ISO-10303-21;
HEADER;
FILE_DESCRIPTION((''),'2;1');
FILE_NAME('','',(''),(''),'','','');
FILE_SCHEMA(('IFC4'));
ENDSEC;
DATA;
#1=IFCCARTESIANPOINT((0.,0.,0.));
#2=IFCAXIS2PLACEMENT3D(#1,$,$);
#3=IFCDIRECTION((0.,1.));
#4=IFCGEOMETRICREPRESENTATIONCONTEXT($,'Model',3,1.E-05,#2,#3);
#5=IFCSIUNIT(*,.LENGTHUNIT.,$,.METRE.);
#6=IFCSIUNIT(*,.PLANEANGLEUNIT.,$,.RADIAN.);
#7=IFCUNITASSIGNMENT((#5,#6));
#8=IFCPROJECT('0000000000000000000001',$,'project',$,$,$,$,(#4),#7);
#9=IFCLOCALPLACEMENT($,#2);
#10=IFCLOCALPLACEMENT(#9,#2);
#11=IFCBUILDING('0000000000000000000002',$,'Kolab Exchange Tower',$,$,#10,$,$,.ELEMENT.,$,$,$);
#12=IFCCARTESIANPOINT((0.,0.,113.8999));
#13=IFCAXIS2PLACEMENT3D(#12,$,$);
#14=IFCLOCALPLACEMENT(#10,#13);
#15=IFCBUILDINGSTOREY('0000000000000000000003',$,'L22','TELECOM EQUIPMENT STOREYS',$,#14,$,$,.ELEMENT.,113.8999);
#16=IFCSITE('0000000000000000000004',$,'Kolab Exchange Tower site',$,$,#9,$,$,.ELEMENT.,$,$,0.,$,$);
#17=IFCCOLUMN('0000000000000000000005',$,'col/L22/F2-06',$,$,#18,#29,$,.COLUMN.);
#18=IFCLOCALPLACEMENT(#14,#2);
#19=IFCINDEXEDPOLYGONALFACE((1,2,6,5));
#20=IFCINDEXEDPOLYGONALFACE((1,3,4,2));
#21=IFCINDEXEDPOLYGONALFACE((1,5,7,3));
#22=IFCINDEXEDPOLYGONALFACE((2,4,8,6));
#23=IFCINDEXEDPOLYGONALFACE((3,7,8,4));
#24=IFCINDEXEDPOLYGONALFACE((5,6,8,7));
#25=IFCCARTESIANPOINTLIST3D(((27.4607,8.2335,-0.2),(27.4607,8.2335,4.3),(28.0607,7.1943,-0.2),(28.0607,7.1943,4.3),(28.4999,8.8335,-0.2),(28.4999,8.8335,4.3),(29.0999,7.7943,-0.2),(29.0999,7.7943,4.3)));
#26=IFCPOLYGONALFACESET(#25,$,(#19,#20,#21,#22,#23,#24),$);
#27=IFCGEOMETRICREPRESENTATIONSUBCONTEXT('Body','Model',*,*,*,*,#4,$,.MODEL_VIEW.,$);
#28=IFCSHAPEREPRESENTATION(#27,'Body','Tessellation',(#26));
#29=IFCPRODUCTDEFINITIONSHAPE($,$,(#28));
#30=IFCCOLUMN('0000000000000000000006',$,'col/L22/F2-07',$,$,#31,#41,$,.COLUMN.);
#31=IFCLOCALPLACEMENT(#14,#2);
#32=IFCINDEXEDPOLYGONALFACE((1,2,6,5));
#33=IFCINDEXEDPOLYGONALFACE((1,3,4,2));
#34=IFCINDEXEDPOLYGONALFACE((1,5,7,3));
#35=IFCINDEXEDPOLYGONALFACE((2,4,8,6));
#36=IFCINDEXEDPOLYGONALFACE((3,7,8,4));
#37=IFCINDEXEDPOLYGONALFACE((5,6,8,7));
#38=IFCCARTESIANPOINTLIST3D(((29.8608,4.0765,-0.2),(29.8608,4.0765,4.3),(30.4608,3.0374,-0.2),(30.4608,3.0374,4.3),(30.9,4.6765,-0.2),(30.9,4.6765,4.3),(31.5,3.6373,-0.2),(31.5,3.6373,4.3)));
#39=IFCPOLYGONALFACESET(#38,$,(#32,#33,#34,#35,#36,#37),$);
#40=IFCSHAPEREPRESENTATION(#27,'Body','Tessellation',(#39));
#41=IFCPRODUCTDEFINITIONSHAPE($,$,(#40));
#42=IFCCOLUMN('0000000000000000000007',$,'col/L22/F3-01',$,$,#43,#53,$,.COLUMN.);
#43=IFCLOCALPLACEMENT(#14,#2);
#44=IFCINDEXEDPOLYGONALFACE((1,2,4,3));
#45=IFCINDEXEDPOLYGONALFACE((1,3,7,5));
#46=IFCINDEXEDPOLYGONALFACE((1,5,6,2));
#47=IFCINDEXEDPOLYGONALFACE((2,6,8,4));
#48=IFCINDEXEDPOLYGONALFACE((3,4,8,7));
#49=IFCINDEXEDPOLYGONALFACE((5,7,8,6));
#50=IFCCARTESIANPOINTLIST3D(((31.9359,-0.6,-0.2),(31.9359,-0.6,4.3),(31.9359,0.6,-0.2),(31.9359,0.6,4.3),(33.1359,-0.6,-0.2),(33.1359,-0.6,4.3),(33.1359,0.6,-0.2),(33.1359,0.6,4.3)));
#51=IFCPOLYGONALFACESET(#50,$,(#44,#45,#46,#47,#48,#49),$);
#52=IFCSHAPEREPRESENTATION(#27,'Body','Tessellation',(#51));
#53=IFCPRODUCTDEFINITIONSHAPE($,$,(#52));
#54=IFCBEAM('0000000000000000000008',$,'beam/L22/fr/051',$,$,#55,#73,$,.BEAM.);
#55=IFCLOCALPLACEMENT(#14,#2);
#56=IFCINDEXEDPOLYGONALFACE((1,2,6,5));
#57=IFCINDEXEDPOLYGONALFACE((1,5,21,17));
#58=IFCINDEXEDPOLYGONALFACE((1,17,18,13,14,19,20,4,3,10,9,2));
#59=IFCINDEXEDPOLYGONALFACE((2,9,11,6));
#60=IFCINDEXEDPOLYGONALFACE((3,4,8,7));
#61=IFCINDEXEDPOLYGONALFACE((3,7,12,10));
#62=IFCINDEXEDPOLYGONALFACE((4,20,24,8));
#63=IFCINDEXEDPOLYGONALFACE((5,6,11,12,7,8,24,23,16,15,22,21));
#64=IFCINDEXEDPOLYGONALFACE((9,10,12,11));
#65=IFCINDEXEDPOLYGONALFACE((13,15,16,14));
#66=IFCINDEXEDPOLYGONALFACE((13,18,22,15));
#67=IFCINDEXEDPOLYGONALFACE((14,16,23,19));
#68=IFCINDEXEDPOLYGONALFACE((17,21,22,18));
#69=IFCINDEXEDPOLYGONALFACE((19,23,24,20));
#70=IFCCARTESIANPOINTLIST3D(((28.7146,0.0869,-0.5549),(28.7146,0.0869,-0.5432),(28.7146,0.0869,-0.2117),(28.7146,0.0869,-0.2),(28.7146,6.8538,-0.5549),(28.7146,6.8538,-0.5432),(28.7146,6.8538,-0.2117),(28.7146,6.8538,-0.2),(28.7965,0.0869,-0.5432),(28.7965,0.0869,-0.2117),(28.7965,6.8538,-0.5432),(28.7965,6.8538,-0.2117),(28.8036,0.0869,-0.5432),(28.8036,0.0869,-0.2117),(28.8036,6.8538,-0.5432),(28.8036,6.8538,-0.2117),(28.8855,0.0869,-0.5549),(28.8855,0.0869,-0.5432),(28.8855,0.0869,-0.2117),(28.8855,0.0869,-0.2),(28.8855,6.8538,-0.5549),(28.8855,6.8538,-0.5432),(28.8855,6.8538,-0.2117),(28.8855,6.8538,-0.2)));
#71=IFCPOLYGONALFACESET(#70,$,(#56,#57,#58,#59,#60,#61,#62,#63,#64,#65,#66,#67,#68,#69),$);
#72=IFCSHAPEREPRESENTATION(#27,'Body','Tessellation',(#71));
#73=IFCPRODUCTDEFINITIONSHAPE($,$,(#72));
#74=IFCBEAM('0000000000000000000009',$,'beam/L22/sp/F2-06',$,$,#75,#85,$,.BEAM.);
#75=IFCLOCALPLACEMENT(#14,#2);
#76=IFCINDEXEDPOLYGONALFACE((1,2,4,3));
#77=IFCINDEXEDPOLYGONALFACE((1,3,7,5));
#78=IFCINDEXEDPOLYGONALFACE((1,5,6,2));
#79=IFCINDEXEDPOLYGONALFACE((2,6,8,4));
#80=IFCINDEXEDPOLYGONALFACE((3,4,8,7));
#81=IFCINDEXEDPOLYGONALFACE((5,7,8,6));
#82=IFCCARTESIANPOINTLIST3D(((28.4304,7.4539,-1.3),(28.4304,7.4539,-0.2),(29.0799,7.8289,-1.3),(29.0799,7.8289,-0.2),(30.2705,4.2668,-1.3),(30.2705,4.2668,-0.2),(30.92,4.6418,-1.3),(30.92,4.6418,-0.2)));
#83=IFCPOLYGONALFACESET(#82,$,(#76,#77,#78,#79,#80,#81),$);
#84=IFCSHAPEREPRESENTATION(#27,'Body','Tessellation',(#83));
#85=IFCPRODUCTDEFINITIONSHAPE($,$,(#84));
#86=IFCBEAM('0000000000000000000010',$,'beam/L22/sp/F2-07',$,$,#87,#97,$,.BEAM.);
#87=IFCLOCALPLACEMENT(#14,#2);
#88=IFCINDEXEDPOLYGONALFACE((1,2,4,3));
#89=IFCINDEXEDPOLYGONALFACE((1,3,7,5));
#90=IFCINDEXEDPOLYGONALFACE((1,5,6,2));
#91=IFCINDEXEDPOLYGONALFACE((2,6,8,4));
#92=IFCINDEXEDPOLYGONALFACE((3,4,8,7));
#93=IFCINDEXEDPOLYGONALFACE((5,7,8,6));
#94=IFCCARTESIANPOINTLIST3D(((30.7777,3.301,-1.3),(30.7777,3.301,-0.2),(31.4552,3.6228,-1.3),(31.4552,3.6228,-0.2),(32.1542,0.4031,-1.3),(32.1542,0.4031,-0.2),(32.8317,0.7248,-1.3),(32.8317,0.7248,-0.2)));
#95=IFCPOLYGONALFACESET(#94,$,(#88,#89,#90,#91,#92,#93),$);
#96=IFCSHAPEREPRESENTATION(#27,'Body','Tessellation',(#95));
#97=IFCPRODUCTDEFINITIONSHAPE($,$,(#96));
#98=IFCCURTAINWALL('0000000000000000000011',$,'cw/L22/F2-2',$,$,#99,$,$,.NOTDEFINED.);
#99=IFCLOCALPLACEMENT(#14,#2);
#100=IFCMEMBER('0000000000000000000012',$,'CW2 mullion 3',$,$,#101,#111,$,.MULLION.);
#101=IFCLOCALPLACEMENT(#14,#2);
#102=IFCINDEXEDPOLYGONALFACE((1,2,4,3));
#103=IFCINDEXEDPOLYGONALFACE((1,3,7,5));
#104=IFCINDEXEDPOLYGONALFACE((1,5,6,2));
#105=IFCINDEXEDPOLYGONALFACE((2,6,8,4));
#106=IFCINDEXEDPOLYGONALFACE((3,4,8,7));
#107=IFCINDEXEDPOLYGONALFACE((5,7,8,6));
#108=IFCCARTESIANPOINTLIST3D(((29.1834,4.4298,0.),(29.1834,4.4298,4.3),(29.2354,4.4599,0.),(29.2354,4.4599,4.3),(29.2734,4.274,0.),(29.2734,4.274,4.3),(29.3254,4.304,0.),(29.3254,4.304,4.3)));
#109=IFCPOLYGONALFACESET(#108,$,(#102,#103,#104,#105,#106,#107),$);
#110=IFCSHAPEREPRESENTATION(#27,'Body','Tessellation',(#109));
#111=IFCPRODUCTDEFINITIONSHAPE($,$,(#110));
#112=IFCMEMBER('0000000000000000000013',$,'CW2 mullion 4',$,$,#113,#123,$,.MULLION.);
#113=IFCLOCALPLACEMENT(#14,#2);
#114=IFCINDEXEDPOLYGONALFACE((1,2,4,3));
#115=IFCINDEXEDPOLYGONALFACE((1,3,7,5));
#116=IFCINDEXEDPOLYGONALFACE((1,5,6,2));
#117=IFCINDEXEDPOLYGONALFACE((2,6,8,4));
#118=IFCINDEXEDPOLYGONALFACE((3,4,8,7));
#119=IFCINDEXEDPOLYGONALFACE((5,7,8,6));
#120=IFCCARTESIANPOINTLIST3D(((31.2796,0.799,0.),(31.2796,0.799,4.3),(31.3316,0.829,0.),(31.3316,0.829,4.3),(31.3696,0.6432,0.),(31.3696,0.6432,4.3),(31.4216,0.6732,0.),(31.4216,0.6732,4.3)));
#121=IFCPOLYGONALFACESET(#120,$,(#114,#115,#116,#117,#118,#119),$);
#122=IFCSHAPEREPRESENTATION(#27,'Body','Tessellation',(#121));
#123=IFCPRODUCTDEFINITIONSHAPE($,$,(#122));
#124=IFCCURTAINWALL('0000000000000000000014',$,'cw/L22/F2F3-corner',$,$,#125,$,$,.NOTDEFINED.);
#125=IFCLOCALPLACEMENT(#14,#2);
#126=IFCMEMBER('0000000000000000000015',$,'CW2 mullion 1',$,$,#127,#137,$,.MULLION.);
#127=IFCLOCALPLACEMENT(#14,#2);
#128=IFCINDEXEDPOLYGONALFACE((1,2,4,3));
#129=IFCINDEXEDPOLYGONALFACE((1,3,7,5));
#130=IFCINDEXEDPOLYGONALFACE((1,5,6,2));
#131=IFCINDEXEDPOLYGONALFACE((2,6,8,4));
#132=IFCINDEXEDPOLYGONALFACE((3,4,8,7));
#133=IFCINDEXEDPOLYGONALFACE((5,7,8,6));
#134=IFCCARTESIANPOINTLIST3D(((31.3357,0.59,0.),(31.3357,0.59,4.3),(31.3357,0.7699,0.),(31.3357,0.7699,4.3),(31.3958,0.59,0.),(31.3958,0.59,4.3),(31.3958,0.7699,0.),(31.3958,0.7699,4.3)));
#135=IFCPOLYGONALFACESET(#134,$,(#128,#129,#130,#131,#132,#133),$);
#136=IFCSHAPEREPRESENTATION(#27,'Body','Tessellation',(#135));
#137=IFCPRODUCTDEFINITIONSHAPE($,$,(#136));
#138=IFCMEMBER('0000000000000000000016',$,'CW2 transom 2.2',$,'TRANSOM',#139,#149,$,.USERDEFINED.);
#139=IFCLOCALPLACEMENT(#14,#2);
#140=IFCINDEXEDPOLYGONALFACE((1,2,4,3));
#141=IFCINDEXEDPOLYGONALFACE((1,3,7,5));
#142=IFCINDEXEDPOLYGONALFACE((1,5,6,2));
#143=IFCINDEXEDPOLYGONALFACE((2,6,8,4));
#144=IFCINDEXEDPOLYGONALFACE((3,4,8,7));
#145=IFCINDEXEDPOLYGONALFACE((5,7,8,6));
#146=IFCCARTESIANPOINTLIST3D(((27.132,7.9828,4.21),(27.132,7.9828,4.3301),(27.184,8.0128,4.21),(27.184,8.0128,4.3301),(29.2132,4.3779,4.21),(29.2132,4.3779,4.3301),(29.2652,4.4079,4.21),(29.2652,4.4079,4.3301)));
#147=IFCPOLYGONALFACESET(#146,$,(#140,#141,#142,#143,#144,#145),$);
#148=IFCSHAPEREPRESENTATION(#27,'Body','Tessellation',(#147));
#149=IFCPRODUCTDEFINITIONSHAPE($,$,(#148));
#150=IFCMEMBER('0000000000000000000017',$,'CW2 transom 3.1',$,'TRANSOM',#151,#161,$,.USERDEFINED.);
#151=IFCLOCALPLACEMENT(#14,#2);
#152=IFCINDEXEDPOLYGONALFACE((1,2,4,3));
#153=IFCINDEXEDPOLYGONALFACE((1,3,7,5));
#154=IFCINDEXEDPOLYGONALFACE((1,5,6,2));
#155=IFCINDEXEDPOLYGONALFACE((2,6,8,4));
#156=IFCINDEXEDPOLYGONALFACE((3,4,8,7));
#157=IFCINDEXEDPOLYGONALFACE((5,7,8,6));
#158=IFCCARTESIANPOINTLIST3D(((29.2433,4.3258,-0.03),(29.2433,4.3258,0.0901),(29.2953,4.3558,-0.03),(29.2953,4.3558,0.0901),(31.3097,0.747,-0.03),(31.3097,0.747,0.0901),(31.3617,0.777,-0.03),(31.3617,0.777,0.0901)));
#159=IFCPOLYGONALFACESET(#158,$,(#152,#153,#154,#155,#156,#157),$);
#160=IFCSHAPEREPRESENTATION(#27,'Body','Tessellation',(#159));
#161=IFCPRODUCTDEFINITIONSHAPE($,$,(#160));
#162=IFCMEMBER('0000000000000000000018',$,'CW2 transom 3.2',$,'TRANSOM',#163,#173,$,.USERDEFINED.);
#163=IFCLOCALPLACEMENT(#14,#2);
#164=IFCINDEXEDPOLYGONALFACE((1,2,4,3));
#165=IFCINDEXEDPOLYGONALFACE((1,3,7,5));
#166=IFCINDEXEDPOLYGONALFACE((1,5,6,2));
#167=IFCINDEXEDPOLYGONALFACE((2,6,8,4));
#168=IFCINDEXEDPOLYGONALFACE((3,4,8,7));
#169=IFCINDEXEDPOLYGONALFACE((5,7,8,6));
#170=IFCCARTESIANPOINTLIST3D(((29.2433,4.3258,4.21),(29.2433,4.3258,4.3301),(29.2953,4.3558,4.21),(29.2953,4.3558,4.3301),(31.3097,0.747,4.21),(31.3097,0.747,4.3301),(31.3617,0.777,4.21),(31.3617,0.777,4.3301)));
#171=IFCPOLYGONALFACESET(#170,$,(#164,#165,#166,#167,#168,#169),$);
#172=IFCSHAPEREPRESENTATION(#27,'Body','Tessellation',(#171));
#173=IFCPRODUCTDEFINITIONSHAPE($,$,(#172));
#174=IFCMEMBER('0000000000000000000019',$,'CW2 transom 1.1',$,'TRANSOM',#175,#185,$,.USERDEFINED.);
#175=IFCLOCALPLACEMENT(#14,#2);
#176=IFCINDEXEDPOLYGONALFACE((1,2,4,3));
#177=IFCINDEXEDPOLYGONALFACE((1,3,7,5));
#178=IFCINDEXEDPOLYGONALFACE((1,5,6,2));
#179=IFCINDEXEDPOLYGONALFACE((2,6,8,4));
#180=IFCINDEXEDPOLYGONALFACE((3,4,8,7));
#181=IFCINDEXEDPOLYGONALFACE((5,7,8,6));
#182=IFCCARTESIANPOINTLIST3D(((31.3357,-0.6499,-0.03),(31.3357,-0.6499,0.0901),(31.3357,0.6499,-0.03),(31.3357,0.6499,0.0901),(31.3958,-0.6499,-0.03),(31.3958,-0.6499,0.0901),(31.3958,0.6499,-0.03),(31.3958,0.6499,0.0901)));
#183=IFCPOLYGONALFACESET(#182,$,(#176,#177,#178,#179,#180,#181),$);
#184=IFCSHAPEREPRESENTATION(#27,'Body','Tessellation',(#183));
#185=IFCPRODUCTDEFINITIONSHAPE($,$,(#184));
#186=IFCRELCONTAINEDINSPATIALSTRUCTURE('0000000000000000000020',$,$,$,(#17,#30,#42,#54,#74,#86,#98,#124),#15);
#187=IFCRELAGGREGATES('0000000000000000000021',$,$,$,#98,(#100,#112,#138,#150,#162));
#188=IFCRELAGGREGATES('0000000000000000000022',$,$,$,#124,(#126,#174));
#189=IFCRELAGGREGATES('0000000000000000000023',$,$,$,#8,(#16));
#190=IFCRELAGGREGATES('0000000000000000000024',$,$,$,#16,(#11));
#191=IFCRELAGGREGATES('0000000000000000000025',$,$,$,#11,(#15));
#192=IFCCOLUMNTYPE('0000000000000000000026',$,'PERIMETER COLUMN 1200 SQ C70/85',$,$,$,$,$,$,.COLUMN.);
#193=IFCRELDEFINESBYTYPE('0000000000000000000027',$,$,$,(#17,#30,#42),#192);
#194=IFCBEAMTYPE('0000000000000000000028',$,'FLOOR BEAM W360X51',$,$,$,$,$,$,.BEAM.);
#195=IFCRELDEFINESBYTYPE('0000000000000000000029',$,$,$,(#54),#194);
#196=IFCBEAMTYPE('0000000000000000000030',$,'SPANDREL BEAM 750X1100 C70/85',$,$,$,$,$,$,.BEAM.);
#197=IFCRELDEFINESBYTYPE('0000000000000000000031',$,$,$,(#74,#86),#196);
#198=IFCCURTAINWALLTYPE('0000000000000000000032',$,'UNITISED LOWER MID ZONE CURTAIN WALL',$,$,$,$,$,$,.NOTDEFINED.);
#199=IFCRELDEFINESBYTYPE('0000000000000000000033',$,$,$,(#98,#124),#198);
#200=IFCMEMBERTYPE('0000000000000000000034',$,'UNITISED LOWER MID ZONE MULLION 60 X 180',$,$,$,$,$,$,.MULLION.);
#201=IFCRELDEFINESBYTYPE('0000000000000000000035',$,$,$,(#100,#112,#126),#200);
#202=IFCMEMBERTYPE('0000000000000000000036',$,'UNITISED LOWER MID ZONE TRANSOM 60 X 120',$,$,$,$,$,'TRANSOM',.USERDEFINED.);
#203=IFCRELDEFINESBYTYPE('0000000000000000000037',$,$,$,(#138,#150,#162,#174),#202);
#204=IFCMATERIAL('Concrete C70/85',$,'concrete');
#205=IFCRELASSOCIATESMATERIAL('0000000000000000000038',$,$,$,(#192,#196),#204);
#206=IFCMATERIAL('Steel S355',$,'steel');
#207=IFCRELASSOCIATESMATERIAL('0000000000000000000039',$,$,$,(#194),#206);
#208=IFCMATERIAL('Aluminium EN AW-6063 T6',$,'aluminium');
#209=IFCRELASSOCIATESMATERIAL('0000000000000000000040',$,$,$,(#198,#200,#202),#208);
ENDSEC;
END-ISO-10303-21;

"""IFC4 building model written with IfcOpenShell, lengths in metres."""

from ifc_helpers import new_model, si_unit, direction, frame, origin, origin_2d, place, context, subcontext, project, spatial, rectangle, i_section, extrude, material, material_profile, profile_set, type_object, element, aggregate, save


model = new_model("IFC4")

# Units and contexts
model_context = context("Model", 3, precision=1e-05, world=origin(), true_north=direction((0.0, 1.0)))
body_context = subcontext(model_context, "Body", "Model", "MODEL_VIEW")
ifc_project = project(units=[si_unit("LENGTHUNIT", "METRE"), si_unit("PLANEANGLEUNIT", "RADIAN")], contexts=[model_context])

# Site, building, storey
site_placement = place(None, origin())
site = spatial("IfcSite", under=ifc_project, at=site_placement, Name="Kolab Exchange Tower site", CompositionType="ELEMENT", RefElevation=0.0)
building_placement = place(site_placement, origin())
building = spatial("IfcBuilding", under=site, at=building_placement, Name="Kolab Exchange Tower", CompositionType="ELEMENT")
storey_placement = place(building_placement, frame((0.0, 0.0, 113.8999)))
storey = spatial("IfcBuildingStorey", under=building, at=storey_placement, Name="L22", Description="TELECOM EQUIPMENT STOREYS", CompositionType="ELEMENT", Elevation=113.8999)

# Columns
ifc_material_1 = material(Name="Concrete C70/85", Category="concrete")
ifc_material_profile_1 = material_profile(ifc_material_1, rectangle(XDim=1.2, YDim=1.2, at=origin_2d()), Name="RC1200")
ifc_profile_set_1 = profile_set([ifc_material_profile_1], Name="Concrete C70/85")
column_type = type_object("IfcColumnType", Name="PERIMETER COLUMN 1200 SQ C70/85", PredefinedType="COLUMN", material=ifc_profile_set_1)
for number, where, z_axis, x_axis, name in (
    (1, (28.2803, 8.0139, -0.2), (0.0, 0.0, 1.0), (0.866025, 0.5, 0.0), "col/L22/F2-06"),
    (2, (30.6804, 3.8569, -0.2), (0.0, 0.0, 1.0), (0.866025, 0.5, 0.0), "col/L22/F2-07"),
    (3, (32.5359, 0.0, -0.2), (0.0, 0.0, 1.0), (1.0, 0.0, 0.0), "col/L22/F3-01"),
):
    element("IfcColumn", number, at=place(storey_placement, frame(where, z_axis=z_axis, x_axis=x_axis)), inside=storey, type_object=column_type, Name=name, PredefinedType="COLUMN", context=body_context, shape_type="SweptSolid", body=[
        extrude(rectangle(XDim=1.2, YDim=1.2, at=origin_2d()), origin(), (0.0, 0.0, 1.0), 4.5),
    ])

# Beams
ifc_material_2 = material(Name="Steel S355", Category="steel")
ifc_material_profile_2 = material_profile(ifc_material_2, i_section(OverallWidth=0.1709, OverallDepth=0.355, WebThickness=0.0071, FlangeThickness=0.0117, at=origin_2d()), Name="W360X51")
ifc_profile_set_2 = profile_set([ifc_material_profile_2], Name="Steel S355")
beam_type_1 = type_object("IfcBeamType", Name="FLOOR BEAM W360X51", PredefinedType="BEAM", material=ifc_profile_set_2)
beam_1_placement = place(storey_placement, frame((28.8, 0.0869, -0.3774), z_axis=(0.0, 1.0, 0.0), x_axis=(-1.0, 0.0, 0.0)))
element("IfcBeam", 4, at=beam_1_placement, inside=storey, type_object=beam_type_1, Name="beam/L22/fr/051", PredefinedType="BEAM", context=body_context, shape_type="SweptSolid", body=[
    extrude(i_section(OverallWidth=0.1709, OverallDepth=0.355, WebThickness=0.0071, FlangeThickness=0.0117, at=origin_2d()), origin(), (0.0, 0.0, 1.0), 6.7668),
])
ifc_material_profile_3 = material_profile(ifc_material_1, rectangle(XDim=0.75, YDim=1.1001, at=origin_2d()), Name="RC750X1100")
ifc_profile_set_3 = profile_set([ifc_material_profile_3], Name="Concrete C70/85")
beam_type_2 = type_object("IfcBeamType", Name="SPANDREL BEAM 750X1100 C70/85", PredefinedType="BEAM", material=ifc_profile_set_3)
beam_2_placement = place(storey_placement, frame((28.7551, 7.6414, -0.75), z_axis=(0.500013, -0.866018, 0.0), x_axis=(0.866018, 0.500013, 0.0)))
element("IfcBeam", 5, at=beam_2_placement, inside=storey, type_object=beam_type_2, Name="beam/L22/sp/F2-06", PredefinedType="BEAM", context=body_context, shape_type="SweptSolid", body=[
    extrude(rectangle(XDim=0.75, YDim=1.1001, at=origin_2d()), origin(), (0.0, 0.0, 1.0), 3.6802),
])
beam_3_placement = place(storey_placement, frame((31.1165, 3.4619, -0.75), z_axis=(0.429041, -0.903285, 0.0), x_axis=(0.903285, 0.429041, 0.0)))
element("IfcBeam", 6, at=beam_3_placement, inside=storey, type_object=beam_type_2, Name="beam/L22/sp/F2-07", PredefinedType="BEAM", context=body_context, shape_type="SweptSolid", body=[
    extrude(rectangle(XDim=0.75, YDim=1.1001, at=origin_2d()), origin(), (0.0, 0.0, 1.0), 3.2083),
])

# Curtain wall, members
ifc_material_3 = material(Name="Aluminium EN AW-6063 T6", Category="aluminium")
curtain_wall_type = type_object("IfcCurtainWallType", Name="UNITISED LOWER MID ZONE CURTAIN WALL", PredefinedType="NOTDEFINED", material=ifc_material_3)
curtain_wall_1_placement = place(storey_placement, origin())
curtain_wall_1 = element("IfcCurtainWall", 7, at=curtain_wall_1_placement, inside=storey, type_object=curtain_wall_type, Name="cw/L22/F2-2", PredefinedType="NOTDEFINED")
ifc_material_profile_4 = material_profile(ifc_material_3, rectangle(XDim=0.0601, YDim=0.1799, at=origin_2d()), Name="RECT 60X180")
ifc_profile_set_4 = profile_set([ifc_material_profile_4], Name="Aluminium EN AW-6063 T6")
member_type_1 = type_object("IfcMemberType", Name="UNITISED LOWER MID ZONE MULLION 60 X 180", PredefinedType="MULLION", material=ifc_profile_set_4)
member_1_placement = place(storey_placement, frame((29.2544, 4.3669, 0.0), z_axis=(0.0, 0.0, 1.0), x_axis=(0.866025, 0.5, 0.0)))
member_1 = element("IfcMember", 8, at=member_1_placement, type_object=member_type_1, Name="CW2 mullion 3", PredefinedType="MULLION", context=body_context, shape_type="SweptSolid", body=[
    extrude(rectangle(XDim=0.0601, YDim=0.1799, at=origin_2d()), origin(), (0.0, 0.0, 1.0), 4.3),
])
member_2_placement = place(storey_placement, frame((31.3506, 0.7361, 0.0), z_axis=(0.0, 0.0, 1.0), x_axis=(0.866025, 0.5, 0.0)))
member_2 = element("IfcMember", 9, at=member_2_placement, type_object=member_type_1, Name="CW2 mullion 4", PredefinedType="MULLION", context=body_context, shape_type="SweptSolid", body=[
    extrude(rectangle(XDim=0.0601, YDim=0.1799, at=origin_2d()), origin(), (0.0, 0.0, 1.0), 4.3),
])

# Curtain wall, member
curtain_wall_2_placement = place(storey_placement, origin())
curtain_wall_2 = element("IfcCurtainWall", 10, at=curtain_wall_2_placement, inside=storey, type_object=curtain_wall_type, Name="cw/L22/F2F3-corner", PredefinedType="NOTDEFINED")
member_3_placement = place(storey_placement, frame((31.3657, 0.6799, 0.0), z_axis=(0.0, 0.0, 1.0), x_axis=(1.0, 0.0, 0.0)))
member_3 = element("IfcMember", 11, at=member_3_placement, type_object=member_type_1, Name="CW2 mullion 1", PredefinedType="MULLION", context=body_context, shape_type="SweptSolid", body=[
    extrude(rectangle(XDim=0.0601, YDim=0.1799, at=origin_2d()), origin(), (0.0, 0.0, 1.0), 4.3),
])

# Members
ifc_material_profile_5 = material_profile(ifc_material_3, rectangle(XDim=0.0601, YDim=0.1201, at=origin_2d()), Name="RECT 60X120")
ifc_profile_set_5 = profile_set([ifc_material_profile_5], Name="Aluminium EN AW-6063 T6")
member_type_2 = type_object("IfcMemberType", Name="UNITISED LOWER MID ZONE TRANSOM 60 X 120", ElementType="TRANSOM", PredefinedType="USERDEFINED", material=ifc_profile_set_5)
member_4_placement = place(storey_placement, frame((27.158, 7.9978, 4.27), z_axis=(0.499993, -0.866029, 0.0), x_axis=(0.866029, 0.499993, 0.0)))
member_4 = element("IfcMember", 12, at=member_4_placement, type_object=member_type_2, Name="CW2 transom 2.2", ObjectType="TRANSOM", PredefinedType="USERDEFINED", context=body_context, shape_type="SweptSolid", body=[
    extrude(rectangle(XDim=0.0601, YDim=0.1201, at=origin_2d()), origin(), (0.0, 0.0, 1.0), 4.1626),
])
member_5_placement = place(storey_placement, frame((29.2693, 4.3408, 0.03), z_axis=(0.500028, -0.866009, 0.0), x_axis=(0.866009, 0.500028, 0.0)))
member_5 = element("IfcMember", 13, at=member_5_placement, type_object=member_type_2, Name="CW2 transom 3.1", ObjectType="TRANSOM", PredefinedType="USERDEFINED", context=body_context, shape_type="SweptSolid", body=[
    extrude(rectangle(XDim=0.0601, YDim=0.1201, at=origin_2d()), origin(), (0.0, 0.0, 1.0), 4.1326),
])
member_6_placement = place(storey_placement, frame((29.2693, 4.3408, 4.27), z_axis=(0.500028, -0.866009, 0.0), x_axis=(0.866009, 0.500028, 0.0)))
member_6 = element("IfcMember", 14, at=member_6_placement, type_object=member_type_2, Name="CW2 transom 3.2", ObjectType="TRANSOM", PredefinedType="USERDEFINED", context=body_context, shape_type="SweptSolid", body=[
    extrude(rectangle(XDim=0.0601, YDim=0.1201, at=origin_2d()), origin(), (0.0, 0.0, 1.0), 4.1326),
])
member_7_placement = place(storey_placement, frame((31.3657, 0.6499, 0.03), z_axis=(0.0, -1.0, 0.0), x_axis=(1.0, 0.0, 0.0)))
member_7 = element("IfcMember", 15, at=member_7_placement, type_object=member_type_2, Name="CW2 transom 1.1", ObjectType="TRANSOM", PredefinedType="USERDEFINED", context=body_context, shape_type="SweptSolid", body=[
    extrude(rectangle(XDim=0.0601, YDim=0.1201, at=origin_2d()), origin(), (0.0, 0.0, 1.0), 1.2998),
])

aggregate(curtain_wall_1, [member_1, member_2, member_4, member_5, member_6])
aggregate(curtain_wall_2, [member_3, member_7])

save(model, "model.ifc")
